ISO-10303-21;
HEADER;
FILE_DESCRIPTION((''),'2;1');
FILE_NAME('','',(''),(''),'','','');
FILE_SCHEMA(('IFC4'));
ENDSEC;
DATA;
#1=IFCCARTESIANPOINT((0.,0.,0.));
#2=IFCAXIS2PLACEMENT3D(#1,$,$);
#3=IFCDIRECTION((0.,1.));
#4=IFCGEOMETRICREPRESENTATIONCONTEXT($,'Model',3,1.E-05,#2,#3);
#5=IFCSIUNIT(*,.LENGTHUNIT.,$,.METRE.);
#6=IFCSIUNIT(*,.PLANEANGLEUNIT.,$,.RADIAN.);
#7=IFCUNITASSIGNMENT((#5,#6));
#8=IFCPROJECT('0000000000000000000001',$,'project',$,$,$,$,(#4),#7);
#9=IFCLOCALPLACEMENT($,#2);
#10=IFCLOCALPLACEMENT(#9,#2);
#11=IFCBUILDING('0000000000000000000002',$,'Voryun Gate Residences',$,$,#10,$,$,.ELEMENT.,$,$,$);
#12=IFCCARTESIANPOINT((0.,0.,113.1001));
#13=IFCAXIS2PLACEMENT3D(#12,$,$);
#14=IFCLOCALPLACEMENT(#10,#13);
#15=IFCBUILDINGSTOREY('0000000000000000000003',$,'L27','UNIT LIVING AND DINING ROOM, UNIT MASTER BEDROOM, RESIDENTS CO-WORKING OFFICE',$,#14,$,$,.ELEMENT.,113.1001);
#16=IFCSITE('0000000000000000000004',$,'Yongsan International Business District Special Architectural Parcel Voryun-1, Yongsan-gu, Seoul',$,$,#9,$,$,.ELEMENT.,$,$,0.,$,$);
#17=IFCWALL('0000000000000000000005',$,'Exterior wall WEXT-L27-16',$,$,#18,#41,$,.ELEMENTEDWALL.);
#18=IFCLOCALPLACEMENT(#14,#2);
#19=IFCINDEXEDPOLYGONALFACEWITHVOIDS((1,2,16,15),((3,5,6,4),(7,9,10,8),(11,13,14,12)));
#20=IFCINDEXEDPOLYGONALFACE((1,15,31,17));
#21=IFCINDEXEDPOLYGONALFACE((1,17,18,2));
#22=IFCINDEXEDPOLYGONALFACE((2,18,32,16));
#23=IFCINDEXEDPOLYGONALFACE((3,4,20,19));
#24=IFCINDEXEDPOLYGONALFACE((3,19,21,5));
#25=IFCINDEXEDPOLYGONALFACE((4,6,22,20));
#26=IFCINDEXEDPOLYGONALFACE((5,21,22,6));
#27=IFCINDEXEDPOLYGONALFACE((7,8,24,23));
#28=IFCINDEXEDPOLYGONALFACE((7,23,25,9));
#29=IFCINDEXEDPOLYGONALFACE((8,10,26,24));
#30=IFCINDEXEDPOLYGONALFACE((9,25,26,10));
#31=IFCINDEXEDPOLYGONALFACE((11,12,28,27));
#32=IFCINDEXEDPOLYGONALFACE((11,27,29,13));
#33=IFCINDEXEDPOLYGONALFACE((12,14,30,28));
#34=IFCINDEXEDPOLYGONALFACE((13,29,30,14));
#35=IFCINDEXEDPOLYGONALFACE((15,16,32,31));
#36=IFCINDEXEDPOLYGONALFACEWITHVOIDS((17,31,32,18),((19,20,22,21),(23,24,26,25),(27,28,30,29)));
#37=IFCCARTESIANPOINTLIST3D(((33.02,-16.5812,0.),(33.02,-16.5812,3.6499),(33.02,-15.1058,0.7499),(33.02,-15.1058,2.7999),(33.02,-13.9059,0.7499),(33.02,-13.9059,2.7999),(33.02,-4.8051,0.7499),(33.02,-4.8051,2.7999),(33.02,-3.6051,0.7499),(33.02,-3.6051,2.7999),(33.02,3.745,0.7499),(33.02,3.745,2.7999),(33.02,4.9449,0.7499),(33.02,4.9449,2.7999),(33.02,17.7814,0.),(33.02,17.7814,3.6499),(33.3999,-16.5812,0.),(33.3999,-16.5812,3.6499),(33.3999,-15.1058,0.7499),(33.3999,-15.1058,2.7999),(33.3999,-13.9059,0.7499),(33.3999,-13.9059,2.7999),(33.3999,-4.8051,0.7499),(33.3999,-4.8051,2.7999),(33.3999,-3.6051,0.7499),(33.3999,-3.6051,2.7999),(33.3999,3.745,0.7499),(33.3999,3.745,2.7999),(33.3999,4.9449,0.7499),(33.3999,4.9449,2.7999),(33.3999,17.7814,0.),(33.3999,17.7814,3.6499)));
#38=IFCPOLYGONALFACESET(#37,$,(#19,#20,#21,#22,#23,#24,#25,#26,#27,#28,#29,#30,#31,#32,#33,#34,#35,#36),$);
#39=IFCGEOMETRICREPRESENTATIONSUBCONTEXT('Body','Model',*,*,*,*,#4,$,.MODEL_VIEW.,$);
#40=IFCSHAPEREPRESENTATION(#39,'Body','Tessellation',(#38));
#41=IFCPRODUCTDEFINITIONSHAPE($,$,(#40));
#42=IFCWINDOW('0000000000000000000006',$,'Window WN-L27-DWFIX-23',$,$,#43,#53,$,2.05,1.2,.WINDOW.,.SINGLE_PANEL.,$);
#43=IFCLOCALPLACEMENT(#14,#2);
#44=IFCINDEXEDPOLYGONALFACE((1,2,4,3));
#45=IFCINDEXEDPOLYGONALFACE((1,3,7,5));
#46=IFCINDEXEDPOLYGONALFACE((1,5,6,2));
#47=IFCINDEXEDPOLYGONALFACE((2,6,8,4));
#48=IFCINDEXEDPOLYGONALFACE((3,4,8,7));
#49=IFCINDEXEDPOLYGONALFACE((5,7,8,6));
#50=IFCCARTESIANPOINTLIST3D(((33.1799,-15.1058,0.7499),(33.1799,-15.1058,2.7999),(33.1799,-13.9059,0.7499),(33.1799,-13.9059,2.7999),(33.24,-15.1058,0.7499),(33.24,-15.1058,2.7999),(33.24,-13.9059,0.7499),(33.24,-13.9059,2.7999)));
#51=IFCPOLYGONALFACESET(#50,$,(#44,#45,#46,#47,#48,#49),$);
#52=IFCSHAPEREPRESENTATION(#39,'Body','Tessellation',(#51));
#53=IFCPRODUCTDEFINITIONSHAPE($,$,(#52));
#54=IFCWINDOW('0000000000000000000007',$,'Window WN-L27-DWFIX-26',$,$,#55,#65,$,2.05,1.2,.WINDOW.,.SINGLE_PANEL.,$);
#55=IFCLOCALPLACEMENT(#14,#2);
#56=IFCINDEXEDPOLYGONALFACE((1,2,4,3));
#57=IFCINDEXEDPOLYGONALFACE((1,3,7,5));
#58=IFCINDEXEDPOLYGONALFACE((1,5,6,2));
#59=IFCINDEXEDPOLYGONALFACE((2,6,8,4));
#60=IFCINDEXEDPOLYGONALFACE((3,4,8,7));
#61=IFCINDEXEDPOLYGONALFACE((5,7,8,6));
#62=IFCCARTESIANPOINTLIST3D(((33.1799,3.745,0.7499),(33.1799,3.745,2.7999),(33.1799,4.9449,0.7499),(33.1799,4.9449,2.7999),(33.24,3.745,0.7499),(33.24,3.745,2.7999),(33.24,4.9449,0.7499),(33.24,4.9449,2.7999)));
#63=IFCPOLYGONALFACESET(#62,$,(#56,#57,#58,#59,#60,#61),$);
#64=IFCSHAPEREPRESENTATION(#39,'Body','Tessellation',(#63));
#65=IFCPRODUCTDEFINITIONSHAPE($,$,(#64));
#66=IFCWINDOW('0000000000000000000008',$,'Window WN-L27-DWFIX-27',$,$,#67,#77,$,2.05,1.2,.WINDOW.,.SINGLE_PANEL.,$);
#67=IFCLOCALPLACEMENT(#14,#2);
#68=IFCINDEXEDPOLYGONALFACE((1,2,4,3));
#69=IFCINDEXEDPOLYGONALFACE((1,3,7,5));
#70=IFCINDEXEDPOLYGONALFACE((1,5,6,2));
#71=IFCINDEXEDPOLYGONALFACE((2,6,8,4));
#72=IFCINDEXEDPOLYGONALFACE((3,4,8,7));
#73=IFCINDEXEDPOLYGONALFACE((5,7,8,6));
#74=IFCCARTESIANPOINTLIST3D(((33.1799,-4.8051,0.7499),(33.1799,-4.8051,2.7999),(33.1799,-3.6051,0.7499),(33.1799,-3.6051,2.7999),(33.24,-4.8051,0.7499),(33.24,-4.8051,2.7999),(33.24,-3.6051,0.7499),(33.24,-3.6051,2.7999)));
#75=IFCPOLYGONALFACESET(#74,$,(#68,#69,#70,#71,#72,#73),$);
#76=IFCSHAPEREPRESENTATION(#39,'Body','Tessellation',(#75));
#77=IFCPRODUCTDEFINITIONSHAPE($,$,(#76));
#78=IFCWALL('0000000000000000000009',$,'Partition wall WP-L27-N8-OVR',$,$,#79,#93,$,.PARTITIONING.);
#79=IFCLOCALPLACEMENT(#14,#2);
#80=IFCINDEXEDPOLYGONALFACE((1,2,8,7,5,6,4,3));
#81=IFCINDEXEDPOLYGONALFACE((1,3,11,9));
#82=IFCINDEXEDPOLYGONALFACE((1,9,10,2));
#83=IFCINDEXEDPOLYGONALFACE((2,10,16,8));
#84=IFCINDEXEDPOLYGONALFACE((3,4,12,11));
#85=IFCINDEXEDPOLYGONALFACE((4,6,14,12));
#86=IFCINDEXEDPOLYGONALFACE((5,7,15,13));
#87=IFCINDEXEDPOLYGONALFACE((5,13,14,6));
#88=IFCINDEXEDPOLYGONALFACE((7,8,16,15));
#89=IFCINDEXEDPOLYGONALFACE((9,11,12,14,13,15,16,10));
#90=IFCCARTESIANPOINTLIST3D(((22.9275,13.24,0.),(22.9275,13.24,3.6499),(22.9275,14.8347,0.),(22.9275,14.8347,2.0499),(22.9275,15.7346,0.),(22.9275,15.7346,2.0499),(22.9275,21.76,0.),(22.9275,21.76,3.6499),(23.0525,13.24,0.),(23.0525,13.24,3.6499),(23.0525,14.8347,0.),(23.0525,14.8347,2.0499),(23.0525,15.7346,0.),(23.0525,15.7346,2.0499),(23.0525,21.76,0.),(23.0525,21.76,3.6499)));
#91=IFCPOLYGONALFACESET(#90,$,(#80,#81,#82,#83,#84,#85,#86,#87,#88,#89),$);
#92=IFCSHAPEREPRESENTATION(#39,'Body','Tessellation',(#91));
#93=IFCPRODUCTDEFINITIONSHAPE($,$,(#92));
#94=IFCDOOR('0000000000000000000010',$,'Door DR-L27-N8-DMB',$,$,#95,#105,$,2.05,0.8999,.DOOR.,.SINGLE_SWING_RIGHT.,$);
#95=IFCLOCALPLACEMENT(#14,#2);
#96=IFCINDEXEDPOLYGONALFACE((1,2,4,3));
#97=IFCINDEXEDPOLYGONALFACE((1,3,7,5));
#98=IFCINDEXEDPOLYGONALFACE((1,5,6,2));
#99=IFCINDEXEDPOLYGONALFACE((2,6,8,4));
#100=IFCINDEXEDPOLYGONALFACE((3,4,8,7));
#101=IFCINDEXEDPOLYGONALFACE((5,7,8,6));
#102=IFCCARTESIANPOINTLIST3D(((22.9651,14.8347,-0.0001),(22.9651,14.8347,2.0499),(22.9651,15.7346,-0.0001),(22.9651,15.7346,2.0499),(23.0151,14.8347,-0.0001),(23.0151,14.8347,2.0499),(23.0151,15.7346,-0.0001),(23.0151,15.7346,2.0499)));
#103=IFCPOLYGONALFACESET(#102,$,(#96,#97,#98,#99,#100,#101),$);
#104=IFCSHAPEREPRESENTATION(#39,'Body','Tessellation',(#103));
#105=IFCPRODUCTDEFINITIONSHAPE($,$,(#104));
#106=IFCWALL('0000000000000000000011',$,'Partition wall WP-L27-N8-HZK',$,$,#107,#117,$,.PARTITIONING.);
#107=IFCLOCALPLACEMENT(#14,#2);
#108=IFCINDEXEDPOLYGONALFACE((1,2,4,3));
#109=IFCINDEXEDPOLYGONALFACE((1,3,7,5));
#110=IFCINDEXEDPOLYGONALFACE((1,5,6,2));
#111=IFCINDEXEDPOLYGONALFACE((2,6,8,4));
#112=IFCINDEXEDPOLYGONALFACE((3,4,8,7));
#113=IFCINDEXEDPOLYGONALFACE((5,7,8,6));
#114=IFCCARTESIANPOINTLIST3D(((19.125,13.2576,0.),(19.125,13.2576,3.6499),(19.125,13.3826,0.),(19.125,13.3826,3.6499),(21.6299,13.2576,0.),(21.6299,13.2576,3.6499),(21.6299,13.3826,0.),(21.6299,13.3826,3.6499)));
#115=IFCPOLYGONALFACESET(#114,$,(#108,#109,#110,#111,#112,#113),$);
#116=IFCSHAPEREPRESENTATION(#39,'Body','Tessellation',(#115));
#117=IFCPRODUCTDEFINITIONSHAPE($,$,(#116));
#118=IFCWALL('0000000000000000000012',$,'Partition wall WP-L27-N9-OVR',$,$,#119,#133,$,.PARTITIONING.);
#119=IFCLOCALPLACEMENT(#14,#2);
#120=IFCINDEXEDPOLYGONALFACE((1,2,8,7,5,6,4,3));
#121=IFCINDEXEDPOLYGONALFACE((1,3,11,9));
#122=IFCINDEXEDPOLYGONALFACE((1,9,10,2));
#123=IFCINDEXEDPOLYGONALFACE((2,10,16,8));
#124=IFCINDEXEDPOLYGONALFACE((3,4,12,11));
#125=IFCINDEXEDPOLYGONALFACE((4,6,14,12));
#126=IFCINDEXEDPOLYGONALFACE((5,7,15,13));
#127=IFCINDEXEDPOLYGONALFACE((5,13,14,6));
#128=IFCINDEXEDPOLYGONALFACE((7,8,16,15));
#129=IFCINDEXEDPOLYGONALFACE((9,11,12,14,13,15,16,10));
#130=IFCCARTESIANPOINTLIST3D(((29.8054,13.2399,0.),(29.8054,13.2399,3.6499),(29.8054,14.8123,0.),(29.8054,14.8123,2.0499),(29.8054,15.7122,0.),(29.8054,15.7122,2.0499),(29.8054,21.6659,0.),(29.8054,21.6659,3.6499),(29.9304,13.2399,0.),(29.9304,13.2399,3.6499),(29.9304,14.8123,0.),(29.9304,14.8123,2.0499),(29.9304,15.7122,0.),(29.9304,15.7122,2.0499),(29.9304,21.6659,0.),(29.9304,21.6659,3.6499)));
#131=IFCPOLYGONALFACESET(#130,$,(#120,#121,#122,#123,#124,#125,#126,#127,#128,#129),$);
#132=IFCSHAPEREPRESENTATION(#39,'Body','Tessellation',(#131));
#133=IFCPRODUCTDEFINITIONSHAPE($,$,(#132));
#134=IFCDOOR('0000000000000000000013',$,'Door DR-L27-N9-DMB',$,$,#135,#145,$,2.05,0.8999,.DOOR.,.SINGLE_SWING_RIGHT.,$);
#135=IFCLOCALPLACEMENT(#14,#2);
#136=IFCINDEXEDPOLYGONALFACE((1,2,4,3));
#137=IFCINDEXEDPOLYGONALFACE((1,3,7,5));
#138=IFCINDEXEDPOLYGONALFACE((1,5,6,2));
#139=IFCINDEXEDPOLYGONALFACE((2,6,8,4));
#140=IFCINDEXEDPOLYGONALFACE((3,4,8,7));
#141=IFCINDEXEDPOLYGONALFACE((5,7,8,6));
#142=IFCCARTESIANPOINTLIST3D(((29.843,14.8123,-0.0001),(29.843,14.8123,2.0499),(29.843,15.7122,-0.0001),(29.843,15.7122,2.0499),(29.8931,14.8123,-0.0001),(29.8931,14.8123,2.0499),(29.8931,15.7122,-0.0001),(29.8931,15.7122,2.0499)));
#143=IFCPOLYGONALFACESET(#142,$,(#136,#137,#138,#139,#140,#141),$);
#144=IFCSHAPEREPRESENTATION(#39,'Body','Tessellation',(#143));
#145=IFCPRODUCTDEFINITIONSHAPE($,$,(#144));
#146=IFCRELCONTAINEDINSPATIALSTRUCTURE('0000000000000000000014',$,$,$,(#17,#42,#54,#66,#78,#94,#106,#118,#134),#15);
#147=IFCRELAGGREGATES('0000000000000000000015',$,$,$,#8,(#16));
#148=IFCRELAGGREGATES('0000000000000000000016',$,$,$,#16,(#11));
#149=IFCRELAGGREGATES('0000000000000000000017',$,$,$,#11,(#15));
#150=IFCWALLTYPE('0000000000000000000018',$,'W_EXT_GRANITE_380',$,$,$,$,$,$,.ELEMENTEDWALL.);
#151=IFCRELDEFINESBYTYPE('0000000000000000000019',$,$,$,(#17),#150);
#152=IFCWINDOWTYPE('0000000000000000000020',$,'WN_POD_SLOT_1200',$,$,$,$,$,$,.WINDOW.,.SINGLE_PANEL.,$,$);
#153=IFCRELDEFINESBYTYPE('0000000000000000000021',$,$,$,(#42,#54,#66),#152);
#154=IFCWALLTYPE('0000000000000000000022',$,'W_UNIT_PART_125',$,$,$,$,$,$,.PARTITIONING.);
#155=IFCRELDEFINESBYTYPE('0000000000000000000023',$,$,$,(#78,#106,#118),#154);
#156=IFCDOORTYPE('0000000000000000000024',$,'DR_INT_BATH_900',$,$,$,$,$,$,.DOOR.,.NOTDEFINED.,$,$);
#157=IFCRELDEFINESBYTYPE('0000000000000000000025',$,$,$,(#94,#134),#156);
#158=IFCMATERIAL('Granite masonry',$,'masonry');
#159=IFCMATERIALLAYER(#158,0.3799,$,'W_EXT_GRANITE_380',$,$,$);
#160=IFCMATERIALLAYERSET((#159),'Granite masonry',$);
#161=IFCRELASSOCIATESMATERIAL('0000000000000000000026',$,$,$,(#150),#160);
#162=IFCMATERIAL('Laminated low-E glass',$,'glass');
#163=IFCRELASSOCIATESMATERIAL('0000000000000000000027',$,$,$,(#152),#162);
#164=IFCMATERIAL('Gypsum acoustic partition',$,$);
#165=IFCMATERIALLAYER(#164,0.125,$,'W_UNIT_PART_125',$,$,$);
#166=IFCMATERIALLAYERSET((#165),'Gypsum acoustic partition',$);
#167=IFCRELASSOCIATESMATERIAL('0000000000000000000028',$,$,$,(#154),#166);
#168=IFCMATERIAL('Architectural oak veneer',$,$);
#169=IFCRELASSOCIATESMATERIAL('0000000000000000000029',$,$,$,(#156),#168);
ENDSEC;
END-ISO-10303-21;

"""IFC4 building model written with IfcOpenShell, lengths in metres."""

from ifc_helpers import new_model, si_unit, direction, frame, frame_2d, origin, place, context, subcontext, project, spatial, rectangle, extrude, material, layer, layer_set, type_object, element, fill, save


model = new_model("IFC4")

# Units and contexts
model_context = context("Model", 3, precision=1e-05, world=origin(), true_north=direction((0.0, 1.0)))
body_context = subcontext(model_context, "Body", "Model", "MODEL_VIEW")
ifc_project = project(units=[si_unit("LENGTHUNIT", "METRE"), si_unit("PLANEANGLEUNIT", "RADIAN")], contexts=[model_context])

# Site, building, storey
site_placement = place(None, origin())
site = spatial("IfcSite", under=ifc_project, at=site_placement, Name="Yongsan International Business District Special Architectural Parcel Voryun-1, Yongsan-gu, Seoul", CompositionType="ELEMENT", RefElevation=0.0)
building_placement = place(site_placement, origin())
building = spatial("IfcBuilding", under=site, at=building_placement, Name="Voryun Gate Residences", CompositionType="ELEMENT")
storey_placement = place(building_placement, frame((0.0, 0.0, 113.1001)))
storey = spatial("IfcBuildingStorey", under=building, at=storey_placement, Name="L27", Description="UNIT LIVING AND DINING ROOM, UNIT MASTER BEDROOM, RESIDENTS CO-WORKING OFFICE", CompositionType="ELEMENT", Elevation=113.1001)

# Shared definitions
ifc_material_1 = material(Name="Granite masonry", Category="masonry")
ifc_layer_1 = layer(ifc_material_1, 0.3799, Name="W_EXT_GRANITE_380")
ifc_layer_set_1 = layer_set([ifc_layer_1], Name="Granite masonry")
wall_type_1 = type_object("IfcWallType", Name="W_EXT_GRANITE_380", PredefinedType="ELEMENTEDWALL", material=ifc_layer_set_1)

# Wall, openings, windows
wall_1_placement = place(storey_placement, frame((33.21, 17.7812, 0.0), z_axis=(0.0, 0.0, 1.0), x_axis=(0.0, -1.0, 0.0)))
wall_1 = element("IfcWall", 1, at=wall_1_placement, inside=storey, type_object=wall_type_1, Name="Exterior wall WEXT-L27-16", PredefinedType="ELEMENTEDWALL", context=body_context, shape_type="SweptSolid", body=[
    extrude(rectangle(XDim=34.3625, YDim=0.3799, at=frame_2d((17.1812, 0.0))), origin(), (0.0, 0.0, 1.0), 3.6499),
])
opening_1_placement = place(wall_1_placement, frame((31.687, 0.0, 0.75)))
opening_1 = element("IfcOpeningElement", 2, at=opening_1_placement, cuts=wall_1, PredefinedType="OPENING", context=body_context, shape_type="SweptSolid", body=[
    extrude(rectangle(XDim=1.2, YDim=2.05, at=frame_2d((0.6001, 1.0249))), frame((0.0, 0.2, 0.0), z_axis=(0.0, -1.0, 0.0), x_axis=(1.0, 0.0, 0.0)), (0.0, 0.0, 1.0), 0.3999),
])
opening_2_placement = place(wall_1_placement, frame((12.8362, 0.0, 0.75)))
opening_2 = element("IfcOpeningElement", 3, at=opening_2_placement, cuts=wall_1, PredefinedType="OPENING", context=body_context, shape_type="SweptSolid", body=[
    extrude(rectangle(XDim=1.2, YDim=2.05, at=frame_2d((0.6001, 1.0249))), frame((0.0, 0.2, 0.0), z_axis=(0.0, -1.0, 0.0), x_axis=(1.0, 0.0, 0.0)), (0.0, 0.0, 1.0), 0.3999),
])
opening_3_placement = place(wall_1_placement, frame((21.3862, 0.0, 0.75)))
opening_3 = element("IfcOpeningElement", 4, at=opening_3_placement, cuts=wall_1, PredefinedType="OPENING", context=body_context, shape_type="SweptSolid", body=[
    extrude(rectangle(XDim=1.2, YDim=2.05, at=frame_2d((0.6001, 1.0249))), frame((0.0, 0.2, 0.0), z_axis=(0.0, -1.0, 0.0), x_axis=(1.0, 0.0, 0.0)), (0.0, 0.0, 1.0), 0.3999),
])
ifc_material_2 = material(Name="Laminated low-E glass", Category="glass")
window_type_1 = type_object("IfcWindowType", Name="WN_POD_SLOT_1200", PartitioningType="SINGLE_PANEL", PredefinedType="WINDOW", material=ifc_material_2)
window_1_placement = place(opening_1_placement, origin())
window_1 = element("IfcWindow", 5, at=window_1_placement, inside=storey, type_object=window_type_1, Name="Window WN-L27-DWFIX-23", OverallHeight=2.05, OverallWidth=1.2, PartitioningType="SINGLE_PANEL", PredefinedType="WINDOW", context=body_context, shape_type="SweptSolid", body=[
    extrude(rectangle(XDim=1.2, YDim=2.05, at=frame_2d((0.6001, 1.0249))), frame((0.0, 0.03, 0.0), z_axis=(0.0, -1.0, 0.0), x_axis=(1.0, 0.0, 0.0)), (0.0, 0.0, 1.0), 0.0601),
])
fill(opening_1, window_1)
window_2_placement = place(opening_2_placement, origin())
window_2 = element("IfcWindow", 6, at=window_2_placement, inside=storey, type_object=window_type_1, Name="Window WN-L27-DWFIX-26", OverallHeight=2.05, OverallWidth=1.2, PartitioningType="SINGLE_PANEL", PredefinedType="WINDOW", context=body_context, shape_type="SweptSolid", body=[
    extrude(rectangle(XDim=1.2, YDim=2.05, at=frame_2d((0.6001, 1.0249))), frame((0.0, 0.03, 0.0), z_axis=(0.0, -1.0, 0.0), x_axis=(1.0, 0.0, 0.0)), (0.0, 0.0, 1.0), 0.0601),
])
fill(opening_2, window_2)
window_3_placement = place(opening_3_placement, origin())
window_3 = element("IfcWindow", 7, at=window_3_placement, inside=storey, type_object=window_type_1, Name="Window WN-L27-DWFIX-27", OverallHeight=2.05, OverallWidth=1.2, PartitioningType="SINGLE_PANEL", PredefinedType="WINDOW", context=body_context, shape_type="SweptSolid", body=[
    extrude(rectangle(XDim=1.2, YDim=2.05, at=frame_2d((0.6001, 1.0249))), frame((0.0, 0.03, 0.0), z_axis=(0.0, -1.0, 0.0), x_axis=(1.0, 0.0, 0.0)), (0.0, 0.0, 1.0), 0.0601),
])
fill(opening_3, window_3)

# Wall, opening, door
ifc_material_3 = material(Name="Gypsum acoustic partition")
ifc_layer_2 = layer(ifc_material_3, 0.125, Name="W_UNIT_PART_125")
ifc_layer_set_2 = layer_set([ifc_layer_2], Name="Gypsum acoustic partition")
wall_type_2 = type_object("IfcWallType", Name="W_UNIT_PART_125", PredefinedType="PARTITIONING", material=ifc_layer_set_2)
wall_2_placement = place(storey_placement, frame((22.99, 13.24, 0.0), z_axis=(0.0, 0.0, 1.0), x_axis=(0.0, 1.0, 0.0)))
wall_2 = element("IfcWall", 8, at=wall_2_placement, inside=storey, type_object=wall_type_2, Name="Partition wall WP-L27-N8-OVR", PredefinedType="PARTITIONING", context=body_context, shape_type="SweptSolid", body=[
    extrude(rectangle(XDim=8.52, YDim=0.125, at=frame_2d((4.26, 0.0))), origin(), (0.0, 0.0, 1.0), 3.6499),
])
opening_4_placement = place(wall_2_placement, frame((1.5947, 0.0, 0.0)))
opening_4 = element("IfcOpeningElement", 9, at=opening_4_placement, cuts=wall_2, PredefinedType="OPENING", context=body_context, shape_type="SweptSolid", body=[
    extrude(rectangle(XDim=0.8999, YDim=2.05, at=frame_2d((0.45, 1.0249))), frame((0.0, 0.0725, 0.0), z_axis=(0.0, -1.0, 0.0), x_axis=(1.0, 0.0, 0.0)), (0.0, 0.0, 1.0), 0.145),
])
ifc_material_4 = material(Name="Architectural oak veneer")
door_type_1 = type_object("IfcDoorType", Name="DR_INT_BATH_900", OperationType="NOTDEFINED", PredefinedType="DOOR", material=ifc_material_4)
door_1_placement = place(opening_4_placement, origin())
door_1 = element("IfcDoor", 10, at=door_1_placement, inside=storey, type_object=door_type_1, Name="Door DR-L27-N8-DMB", OperationType="SINGLE_SWING_RIGHT", OverallHeight=2.05, OverallWidth=0.8999, PredefinedType="DOOR", context=body_context, shape_type="SweptSolid", body=[
    extrude(rectangle(XDim=0.8999, YDim=2.05, at=frame_2d((0.45, 1.0249))), frame((0.0, 0.0249, 0.0), z_axis=(0.0, -1.0, 0.0), x_axis=(1.0, 0.0, 0.0)), (0.0, 0.0, 1.0), 0.05),
])
fill(opening_4, door_1)

# Wall
wall_3_placement = place(storey_placement, frame((19.125, 13.3201, 0.0), z_axis=(0.0, 0.0, 1.0), x_axis=(1.0, 0.0, 0.0)))
element("IfcWall", 11, at=wall_3_placement, inside=storey, type_object=wall_type_2, Name="Partition wall WP-L27-N8-HZK", PredefinedType="PARTITIONING", context=body_context, shape_type="SweptSolid", body=[
    extrude(rectangle(XDim=2.5049, YDim=0.125, at=frame_2d((1.2524, 0.0))), origin(), (0.0, 0.0, 1.0), 3.6499),
])

# Wall, opening, door
wall_4_placement = place(storey_placement, frame((29.8679, 13.24, 0.0), z_axis=(0.0, 0.0, 1.0), x_axis=(0.0, 1.0, 0.0)))
wall_4 = element("IfcWall", 12, at=wall_4_placement, inside=storey, type_object=wall_type_2, Name="Partition wall WP-L27-N9-OVR", PredefinedType="PARTITIONING", context=body_context, shape_type="SweptSolid", body=[
    extrude(rectangle(XDim=8.426, YDim=0.125, at=frame_2d((4.2129, 0.0))), origin(), (0.0, 0.0, 1.0), 3.6499),
])
opening_5_placement = place(wall_4_placement, frame((1.5723, 0.0, 0.0)))
opening_5 = element("IfcOpeningElement", 13, at=opening_5_placement, cuts=wall_4, PredefinedType="OPENING", context=body_context, shape_type="SweptSolid", body=[
    extrude(rectangle(XDim=0.8999, YDim=2.05, at=frame_2d((0.45, 1.0249))), frame((0.0, 0.0725, 0.0), z_axis=(0.0, -1.0, 0.0), x_axis=(1.0, 0.0, 0.0)), (0.0, 0.0, 1.0), 0.145),
])
door_2_placement = place(opening_5_placement, origin())
door_2 = element("IfcDoor", 14, at=door_2_placement, inside=storey, type_object=door_type_1, Name="Door DR-L27-N9-DMB", OperationType="SINGLE_SWING_RIGHT", OverallHeight=2.05, OverallWidth=0.8999, PredefinedType="DOOR", context=body_context, shape_type="SweptSolid", body=[
    extrude(rectangle(XDim=0.8999, YDim=2.05, at=frame_2d((0.45, 1.0249))), frame((0.0, 0.0249, 0.0), z_axis=(0.0, -1.0, 0.0), x_axis=(1.0, 0.0, 0.0)), (0.0, 0.0, 1.0), 0.05),
])
fill(opening_5, door_2)

save(model, "model.ifc")
